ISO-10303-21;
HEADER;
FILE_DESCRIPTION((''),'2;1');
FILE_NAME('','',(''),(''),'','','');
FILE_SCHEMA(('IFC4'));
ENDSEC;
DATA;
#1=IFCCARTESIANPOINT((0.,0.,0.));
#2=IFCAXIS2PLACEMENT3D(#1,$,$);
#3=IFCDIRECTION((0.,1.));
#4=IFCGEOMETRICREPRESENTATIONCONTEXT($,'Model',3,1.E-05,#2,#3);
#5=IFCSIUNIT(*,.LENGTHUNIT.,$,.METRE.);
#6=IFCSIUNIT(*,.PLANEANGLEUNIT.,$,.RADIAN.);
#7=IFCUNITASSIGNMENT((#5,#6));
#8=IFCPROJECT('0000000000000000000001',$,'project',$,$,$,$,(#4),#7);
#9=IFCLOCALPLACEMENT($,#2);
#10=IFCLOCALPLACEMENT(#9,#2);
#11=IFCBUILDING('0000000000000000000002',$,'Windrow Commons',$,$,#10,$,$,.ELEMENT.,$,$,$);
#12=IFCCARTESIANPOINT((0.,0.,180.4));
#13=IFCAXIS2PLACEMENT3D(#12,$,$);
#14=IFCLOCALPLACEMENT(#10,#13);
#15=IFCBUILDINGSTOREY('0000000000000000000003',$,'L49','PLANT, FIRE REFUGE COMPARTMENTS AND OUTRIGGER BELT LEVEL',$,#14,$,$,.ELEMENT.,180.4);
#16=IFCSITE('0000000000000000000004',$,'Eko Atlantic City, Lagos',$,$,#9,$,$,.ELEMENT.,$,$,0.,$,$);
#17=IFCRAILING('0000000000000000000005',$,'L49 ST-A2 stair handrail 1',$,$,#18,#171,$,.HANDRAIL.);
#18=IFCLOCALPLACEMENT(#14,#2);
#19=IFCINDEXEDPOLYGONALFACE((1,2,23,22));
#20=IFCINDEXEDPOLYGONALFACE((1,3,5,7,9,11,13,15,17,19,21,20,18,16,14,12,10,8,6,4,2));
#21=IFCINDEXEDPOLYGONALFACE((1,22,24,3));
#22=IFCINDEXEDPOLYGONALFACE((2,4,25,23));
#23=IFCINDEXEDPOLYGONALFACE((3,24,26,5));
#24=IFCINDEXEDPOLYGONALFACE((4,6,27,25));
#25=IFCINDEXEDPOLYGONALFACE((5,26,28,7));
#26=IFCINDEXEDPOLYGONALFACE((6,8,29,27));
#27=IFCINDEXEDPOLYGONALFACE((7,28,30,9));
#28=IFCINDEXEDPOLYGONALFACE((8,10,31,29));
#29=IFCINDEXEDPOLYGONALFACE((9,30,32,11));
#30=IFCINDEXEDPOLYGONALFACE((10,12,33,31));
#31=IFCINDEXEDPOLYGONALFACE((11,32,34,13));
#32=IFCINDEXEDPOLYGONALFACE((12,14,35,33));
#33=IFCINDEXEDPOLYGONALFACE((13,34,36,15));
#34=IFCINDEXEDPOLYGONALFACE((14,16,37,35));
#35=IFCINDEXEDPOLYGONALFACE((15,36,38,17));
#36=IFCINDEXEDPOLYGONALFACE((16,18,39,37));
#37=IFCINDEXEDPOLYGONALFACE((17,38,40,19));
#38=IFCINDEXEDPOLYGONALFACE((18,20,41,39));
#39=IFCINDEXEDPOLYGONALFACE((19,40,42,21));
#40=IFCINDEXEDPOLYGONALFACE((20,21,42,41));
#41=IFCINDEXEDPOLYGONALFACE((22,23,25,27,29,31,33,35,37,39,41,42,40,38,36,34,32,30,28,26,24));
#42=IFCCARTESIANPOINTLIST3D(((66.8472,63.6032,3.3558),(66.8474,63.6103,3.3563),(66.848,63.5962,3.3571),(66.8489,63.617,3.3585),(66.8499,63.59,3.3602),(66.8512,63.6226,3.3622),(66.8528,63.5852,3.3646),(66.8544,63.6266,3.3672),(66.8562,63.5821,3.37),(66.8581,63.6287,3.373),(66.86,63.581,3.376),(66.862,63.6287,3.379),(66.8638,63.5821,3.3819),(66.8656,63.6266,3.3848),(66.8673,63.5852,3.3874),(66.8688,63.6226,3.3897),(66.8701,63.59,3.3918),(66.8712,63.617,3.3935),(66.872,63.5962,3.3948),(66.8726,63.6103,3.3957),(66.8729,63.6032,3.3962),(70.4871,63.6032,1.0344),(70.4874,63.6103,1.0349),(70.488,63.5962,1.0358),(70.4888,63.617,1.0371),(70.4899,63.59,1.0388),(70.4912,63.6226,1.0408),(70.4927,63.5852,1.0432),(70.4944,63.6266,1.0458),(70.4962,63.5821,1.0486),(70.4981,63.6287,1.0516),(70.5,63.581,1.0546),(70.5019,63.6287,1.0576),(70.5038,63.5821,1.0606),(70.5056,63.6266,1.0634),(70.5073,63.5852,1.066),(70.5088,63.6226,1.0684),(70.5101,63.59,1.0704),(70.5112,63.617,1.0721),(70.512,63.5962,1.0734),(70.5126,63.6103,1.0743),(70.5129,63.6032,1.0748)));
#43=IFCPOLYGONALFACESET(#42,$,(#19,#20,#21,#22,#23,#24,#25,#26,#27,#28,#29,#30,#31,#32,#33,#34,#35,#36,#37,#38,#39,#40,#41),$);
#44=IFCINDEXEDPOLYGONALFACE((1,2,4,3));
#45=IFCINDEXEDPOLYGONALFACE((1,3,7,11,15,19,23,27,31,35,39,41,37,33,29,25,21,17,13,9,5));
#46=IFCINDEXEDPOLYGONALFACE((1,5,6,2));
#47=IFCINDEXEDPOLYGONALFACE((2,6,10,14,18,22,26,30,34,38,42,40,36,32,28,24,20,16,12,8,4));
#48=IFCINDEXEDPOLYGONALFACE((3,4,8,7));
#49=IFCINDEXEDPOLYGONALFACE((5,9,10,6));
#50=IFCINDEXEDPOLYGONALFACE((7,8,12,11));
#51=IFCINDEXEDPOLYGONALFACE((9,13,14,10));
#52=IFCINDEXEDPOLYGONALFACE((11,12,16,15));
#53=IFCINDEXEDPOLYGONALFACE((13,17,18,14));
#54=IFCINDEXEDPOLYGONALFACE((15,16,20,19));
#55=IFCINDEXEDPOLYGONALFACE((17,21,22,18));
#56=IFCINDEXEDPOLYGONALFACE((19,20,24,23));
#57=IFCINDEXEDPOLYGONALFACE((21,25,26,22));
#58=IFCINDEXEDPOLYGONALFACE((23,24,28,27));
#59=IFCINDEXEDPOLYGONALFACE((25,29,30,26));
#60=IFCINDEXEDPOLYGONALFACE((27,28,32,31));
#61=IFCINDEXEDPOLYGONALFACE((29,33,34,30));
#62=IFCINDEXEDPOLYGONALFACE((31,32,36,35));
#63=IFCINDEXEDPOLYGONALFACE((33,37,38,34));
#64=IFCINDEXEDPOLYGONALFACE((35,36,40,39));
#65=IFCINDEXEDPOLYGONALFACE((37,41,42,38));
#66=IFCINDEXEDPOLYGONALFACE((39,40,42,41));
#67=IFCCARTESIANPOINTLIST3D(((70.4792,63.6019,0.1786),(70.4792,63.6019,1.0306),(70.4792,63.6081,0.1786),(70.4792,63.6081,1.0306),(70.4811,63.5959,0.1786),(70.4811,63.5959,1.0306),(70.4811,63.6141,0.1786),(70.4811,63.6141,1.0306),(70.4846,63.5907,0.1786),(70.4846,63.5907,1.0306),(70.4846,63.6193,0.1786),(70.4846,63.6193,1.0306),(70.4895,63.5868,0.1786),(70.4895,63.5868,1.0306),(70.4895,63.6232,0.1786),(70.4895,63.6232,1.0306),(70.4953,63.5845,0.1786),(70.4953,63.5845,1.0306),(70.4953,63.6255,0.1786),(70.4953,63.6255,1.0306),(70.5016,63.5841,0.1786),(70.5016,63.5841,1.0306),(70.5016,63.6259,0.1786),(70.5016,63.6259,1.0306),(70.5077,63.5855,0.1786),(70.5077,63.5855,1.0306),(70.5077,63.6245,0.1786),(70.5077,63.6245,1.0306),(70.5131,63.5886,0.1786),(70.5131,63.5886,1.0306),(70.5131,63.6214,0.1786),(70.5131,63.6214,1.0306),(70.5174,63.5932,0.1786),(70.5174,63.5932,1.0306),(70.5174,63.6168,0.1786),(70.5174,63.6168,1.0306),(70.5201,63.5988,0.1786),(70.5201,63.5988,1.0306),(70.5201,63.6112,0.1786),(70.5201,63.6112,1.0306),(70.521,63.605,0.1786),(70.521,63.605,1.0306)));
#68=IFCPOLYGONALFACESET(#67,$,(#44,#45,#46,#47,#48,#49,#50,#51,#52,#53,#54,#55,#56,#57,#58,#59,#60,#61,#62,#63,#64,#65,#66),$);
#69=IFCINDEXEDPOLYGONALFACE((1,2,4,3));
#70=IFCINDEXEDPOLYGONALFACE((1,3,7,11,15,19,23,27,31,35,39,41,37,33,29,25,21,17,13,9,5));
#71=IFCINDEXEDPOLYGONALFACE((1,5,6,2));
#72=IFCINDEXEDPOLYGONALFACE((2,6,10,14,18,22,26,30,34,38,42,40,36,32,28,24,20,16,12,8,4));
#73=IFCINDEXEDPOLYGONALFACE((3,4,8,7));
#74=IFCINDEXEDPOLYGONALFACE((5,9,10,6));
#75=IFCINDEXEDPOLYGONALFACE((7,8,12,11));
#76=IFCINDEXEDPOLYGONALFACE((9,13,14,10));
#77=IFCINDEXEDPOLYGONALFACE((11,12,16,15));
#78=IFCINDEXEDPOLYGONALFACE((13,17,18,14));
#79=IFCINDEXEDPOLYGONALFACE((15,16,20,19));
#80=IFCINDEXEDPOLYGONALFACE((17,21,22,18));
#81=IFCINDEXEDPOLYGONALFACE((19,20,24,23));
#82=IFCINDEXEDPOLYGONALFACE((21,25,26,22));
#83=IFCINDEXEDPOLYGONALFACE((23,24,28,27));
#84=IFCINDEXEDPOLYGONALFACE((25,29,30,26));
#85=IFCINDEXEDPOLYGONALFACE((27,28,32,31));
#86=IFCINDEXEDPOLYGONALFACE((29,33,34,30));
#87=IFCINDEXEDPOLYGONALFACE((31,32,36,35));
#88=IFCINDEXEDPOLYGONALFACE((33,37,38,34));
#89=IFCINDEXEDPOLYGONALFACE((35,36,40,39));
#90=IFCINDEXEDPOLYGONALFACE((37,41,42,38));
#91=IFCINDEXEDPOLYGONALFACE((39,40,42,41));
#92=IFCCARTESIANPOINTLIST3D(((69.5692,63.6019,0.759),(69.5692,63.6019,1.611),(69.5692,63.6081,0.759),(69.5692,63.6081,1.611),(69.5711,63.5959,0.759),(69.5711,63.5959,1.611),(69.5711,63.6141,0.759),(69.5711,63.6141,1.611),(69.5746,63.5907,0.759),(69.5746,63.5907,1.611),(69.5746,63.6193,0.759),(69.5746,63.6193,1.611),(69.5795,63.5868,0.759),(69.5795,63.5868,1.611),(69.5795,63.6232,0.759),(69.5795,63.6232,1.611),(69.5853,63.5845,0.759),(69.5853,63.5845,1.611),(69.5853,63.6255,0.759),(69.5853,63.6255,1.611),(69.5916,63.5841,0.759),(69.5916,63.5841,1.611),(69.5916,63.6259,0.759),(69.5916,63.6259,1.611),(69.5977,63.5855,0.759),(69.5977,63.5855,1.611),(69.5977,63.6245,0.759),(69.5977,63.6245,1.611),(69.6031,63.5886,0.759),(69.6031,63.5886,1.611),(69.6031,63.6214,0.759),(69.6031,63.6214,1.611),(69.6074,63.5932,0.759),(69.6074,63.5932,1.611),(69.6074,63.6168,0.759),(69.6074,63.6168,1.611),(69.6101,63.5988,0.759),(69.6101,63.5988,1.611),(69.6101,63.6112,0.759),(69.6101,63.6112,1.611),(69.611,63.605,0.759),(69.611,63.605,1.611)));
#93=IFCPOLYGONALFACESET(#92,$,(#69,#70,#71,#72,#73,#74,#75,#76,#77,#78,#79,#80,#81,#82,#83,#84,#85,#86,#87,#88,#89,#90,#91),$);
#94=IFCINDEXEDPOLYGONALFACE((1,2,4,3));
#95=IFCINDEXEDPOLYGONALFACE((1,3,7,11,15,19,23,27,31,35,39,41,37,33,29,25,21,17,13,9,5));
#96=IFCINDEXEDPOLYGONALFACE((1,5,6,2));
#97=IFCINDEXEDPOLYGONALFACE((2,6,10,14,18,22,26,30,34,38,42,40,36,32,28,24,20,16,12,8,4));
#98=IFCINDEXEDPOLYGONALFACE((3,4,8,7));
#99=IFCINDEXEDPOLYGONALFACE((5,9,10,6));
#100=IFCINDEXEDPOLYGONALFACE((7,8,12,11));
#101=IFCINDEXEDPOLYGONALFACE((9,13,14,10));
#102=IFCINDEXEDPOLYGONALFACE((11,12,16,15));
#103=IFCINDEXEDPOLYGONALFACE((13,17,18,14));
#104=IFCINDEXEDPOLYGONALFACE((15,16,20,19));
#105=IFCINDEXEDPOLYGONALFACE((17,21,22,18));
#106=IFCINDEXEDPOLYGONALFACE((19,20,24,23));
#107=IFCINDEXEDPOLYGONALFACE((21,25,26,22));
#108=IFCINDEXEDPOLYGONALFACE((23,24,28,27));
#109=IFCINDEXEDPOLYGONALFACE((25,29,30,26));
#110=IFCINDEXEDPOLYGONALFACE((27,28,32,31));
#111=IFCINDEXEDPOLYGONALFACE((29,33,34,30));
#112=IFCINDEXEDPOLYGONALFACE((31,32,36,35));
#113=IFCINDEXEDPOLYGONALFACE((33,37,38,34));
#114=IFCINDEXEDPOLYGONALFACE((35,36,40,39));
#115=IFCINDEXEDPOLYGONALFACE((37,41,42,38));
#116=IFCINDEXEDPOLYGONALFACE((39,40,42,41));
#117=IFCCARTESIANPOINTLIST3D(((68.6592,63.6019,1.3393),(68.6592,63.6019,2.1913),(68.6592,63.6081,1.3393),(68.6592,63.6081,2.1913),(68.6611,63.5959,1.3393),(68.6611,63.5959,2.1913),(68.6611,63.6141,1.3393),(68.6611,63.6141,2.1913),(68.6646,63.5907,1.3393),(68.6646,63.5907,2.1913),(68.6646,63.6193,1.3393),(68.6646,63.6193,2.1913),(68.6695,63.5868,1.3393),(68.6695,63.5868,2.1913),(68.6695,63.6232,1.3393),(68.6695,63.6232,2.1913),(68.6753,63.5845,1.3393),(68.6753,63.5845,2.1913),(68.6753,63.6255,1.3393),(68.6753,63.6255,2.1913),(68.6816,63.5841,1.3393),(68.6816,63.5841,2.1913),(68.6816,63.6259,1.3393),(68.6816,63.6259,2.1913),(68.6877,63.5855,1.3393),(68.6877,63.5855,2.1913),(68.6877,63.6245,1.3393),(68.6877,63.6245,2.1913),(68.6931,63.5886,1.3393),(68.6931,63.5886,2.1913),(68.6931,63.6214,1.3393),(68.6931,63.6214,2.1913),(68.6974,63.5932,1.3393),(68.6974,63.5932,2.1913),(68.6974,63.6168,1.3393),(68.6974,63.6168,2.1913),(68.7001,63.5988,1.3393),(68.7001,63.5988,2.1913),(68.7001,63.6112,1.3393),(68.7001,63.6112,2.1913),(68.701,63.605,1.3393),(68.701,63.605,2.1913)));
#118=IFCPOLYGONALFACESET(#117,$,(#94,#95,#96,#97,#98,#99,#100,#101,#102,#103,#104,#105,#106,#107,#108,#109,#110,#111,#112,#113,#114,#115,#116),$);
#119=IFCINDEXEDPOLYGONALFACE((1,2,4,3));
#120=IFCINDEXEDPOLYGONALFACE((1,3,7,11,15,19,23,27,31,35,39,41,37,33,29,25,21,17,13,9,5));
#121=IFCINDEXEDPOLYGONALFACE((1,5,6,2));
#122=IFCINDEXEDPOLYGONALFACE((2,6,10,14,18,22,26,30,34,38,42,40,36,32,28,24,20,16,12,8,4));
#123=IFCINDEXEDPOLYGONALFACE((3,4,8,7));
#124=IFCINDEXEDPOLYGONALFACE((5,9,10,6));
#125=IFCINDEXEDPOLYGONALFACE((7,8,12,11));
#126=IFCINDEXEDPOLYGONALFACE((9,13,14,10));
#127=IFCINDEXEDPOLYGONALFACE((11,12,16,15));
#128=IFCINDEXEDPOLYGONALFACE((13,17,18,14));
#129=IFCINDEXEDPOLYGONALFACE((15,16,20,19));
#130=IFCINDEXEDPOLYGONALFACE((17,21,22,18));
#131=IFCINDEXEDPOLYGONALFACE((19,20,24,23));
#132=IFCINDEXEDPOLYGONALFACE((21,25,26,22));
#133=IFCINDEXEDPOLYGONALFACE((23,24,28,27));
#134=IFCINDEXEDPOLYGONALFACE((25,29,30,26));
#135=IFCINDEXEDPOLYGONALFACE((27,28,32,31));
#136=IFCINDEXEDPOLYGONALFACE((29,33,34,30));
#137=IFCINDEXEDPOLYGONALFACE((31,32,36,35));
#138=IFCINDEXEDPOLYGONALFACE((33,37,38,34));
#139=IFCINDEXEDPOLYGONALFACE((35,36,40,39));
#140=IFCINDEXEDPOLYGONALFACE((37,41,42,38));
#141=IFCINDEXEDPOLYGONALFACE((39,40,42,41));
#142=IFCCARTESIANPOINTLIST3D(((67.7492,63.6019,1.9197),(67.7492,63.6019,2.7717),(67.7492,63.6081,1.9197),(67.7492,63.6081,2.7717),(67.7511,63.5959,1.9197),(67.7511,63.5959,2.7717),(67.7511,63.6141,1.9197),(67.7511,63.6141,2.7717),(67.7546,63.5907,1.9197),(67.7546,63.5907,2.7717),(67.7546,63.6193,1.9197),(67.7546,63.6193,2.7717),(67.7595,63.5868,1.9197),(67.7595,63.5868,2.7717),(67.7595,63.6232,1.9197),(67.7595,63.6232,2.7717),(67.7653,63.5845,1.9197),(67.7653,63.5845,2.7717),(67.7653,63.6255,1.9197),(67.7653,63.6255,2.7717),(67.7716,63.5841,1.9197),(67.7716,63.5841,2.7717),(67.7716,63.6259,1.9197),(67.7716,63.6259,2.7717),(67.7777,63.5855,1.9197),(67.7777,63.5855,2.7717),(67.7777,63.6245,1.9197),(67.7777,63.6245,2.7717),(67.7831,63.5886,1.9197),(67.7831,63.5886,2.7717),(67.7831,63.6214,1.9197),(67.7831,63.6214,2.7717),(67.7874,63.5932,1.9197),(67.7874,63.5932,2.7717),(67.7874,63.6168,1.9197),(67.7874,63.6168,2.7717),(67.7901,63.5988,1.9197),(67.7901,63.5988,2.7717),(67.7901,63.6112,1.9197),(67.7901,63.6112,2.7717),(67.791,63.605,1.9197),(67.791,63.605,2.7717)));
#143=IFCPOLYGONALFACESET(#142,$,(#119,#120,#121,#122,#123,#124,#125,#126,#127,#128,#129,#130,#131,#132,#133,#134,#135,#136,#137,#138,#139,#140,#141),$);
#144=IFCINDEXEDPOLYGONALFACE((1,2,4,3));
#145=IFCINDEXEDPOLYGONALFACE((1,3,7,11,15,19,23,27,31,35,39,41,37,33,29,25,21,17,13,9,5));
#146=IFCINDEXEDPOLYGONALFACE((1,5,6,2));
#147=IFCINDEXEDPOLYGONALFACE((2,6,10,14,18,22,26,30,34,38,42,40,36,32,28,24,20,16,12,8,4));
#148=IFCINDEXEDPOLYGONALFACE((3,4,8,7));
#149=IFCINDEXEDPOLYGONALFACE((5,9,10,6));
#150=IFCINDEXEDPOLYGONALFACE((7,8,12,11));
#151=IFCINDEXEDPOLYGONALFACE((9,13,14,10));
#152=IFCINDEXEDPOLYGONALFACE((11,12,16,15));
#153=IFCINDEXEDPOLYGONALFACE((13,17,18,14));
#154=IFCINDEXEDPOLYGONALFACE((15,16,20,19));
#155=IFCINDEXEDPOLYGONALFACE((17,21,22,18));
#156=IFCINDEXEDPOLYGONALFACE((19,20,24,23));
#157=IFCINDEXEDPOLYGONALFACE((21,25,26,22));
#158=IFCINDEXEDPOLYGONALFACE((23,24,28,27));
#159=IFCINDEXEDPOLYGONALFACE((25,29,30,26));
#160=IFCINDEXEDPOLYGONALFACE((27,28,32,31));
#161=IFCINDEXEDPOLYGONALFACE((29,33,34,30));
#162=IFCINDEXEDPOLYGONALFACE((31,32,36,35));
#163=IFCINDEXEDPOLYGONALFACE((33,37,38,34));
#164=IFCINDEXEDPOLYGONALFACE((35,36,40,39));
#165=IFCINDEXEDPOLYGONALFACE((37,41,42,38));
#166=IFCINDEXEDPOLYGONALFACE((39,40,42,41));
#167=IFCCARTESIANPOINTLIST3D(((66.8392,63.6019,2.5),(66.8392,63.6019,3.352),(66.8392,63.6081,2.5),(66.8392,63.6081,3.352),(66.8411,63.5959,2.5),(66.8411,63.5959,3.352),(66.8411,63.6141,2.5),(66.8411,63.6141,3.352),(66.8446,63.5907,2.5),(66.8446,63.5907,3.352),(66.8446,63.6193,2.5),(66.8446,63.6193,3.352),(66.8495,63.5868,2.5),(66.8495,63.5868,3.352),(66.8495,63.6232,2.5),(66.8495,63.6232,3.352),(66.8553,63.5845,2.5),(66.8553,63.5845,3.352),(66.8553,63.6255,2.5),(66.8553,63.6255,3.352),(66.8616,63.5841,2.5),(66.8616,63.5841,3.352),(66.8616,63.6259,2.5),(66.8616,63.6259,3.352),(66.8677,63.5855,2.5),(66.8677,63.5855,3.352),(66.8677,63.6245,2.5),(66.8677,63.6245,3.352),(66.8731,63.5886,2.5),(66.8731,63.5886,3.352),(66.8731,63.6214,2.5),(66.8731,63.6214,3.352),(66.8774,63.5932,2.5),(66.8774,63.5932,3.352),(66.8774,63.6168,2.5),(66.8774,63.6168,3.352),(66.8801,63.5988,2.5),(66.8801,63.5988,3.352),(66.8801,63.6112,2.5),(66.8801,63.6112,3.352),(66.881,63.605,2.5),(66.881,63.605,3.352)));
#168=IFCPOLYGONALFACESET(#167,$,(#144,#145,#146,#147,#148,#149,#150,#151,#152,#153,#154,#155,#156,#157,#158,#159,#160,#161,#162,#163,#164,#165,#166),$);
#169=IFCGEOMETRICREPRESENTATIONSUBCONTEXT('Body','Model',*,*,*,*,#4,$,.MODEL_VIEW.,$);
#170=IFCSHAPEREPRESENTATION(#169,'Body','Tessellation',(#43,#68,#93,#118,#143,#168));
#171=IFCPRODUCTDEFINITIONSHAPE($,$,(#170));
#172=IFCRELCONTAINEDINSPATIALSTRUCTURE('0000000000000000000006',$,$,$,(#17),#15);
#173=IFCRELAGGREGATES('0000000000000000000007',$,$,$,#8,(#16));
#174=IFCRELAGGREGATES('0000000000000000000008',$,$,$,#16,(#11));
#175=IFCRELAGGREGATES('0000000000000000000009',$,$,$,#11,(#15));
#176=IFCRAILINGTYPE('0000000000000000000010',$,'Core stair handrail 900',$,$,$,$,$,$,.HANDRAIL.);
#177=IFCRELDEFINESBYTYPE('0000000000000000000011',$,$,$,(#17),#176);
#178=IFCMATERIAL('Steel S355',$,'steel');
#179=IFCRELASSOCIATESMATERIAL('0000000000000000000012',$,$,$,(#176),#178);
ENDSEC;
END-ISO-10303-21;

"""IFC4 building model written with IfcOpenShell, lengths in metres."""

from ifc_helpers import new_model, si_unit, direction, frame, origin, origin_2d, place, context, subcontext, project, spatial, circle, extrude, material, type_object, element, save


model = new_model("IFC4")

# Units and contexts
model_context = context("Model", 3, precision=1e-05, world=origin(), true_north=direction((0.0, 1.0)))
body_context = subcontext(model_context, "Body", "Model", "MODEL_VIEW")
ifc_project = project(units=[si_unit("LENGTHUNIT", "METRE"), si_unit("PLANEANGLEUNIT", "RADIAN")], contexts=[model_context])

# Site, building, storey
site_placement = place(None, origin())
site = spatial("IfcSite", under=ifc_project, at=site_placement, Name="Eko Atlantic City, Lagos", CompositionType="ELEMENT", RefElevation=0.0)
building_placement = place(site_placement, origin())
building = spatial("IfcBuilding", under=site, at=building_placement, Name="Windrow Commons", CompositionType="ELEMENT")
storey_placement = place(building_placement, frame((0.0, 0.0, 180.4)))
storey = spatial("IfcBuildingStorey", under=building, at=storey_placement, Name="L49", Description="PLANT, FIRE REFUGE COMPARTMENTS AND OUTRIGGER BELT LEVEL", CompositionType="ELEMENT", Elevation=180.4)

# Railing
ifc_material_1 = material(Name="Steel S355", Category="steel")
railing_type_1 = type_object("IfcRailingType", Name="Core stair handrail 900", PredefinedType="HANDRAIL", material=ifc_material_1)
railing_1_placement = place(storey_placement, frame((70.5, 63.605, 0.1786)))
element("IfcRailing", 1, at=railing_1_placement, inside=storey, type_object=railing_type_1, Name="L49 ST-A2 stair handrail 1", PredefinedType="HANDRAIL", context=body_context, shape_type="SweptSolid", body=[
    extrude(circle(Radius=0.024, at=origin_2d()), frame((0.0, 0.0, 0.876), z_axis=(-0.843133, 0.0, 0.537706), x_axis=(0.0, -1.0, 0.0)), (0.0, 0.0, 1.0), 4.3172),
    extrude(circle(Radius=0.021, at=origin_2d()), origin(), (0.0, 0.0, 1.0), 0.852),
    extrude(circle(Radius=0.021, at=origin_2d()), frame((-0.91, 0.0, 0.5804)), (0.0, 0.0, 1.0), 0.852),
    extrude(circle(Radius=0.021, at=origin_2d()), frame((-1.82, 0.0, 1.1607)), (0.0, 0.0, 1.0), 0.852),
    extrude(circle(Radius=0.021, at=origin_2d()), frame((-2.73, 0.0, 1.7411)), (0.0, 0.0, 1.0), 0.852),
    extrude(circle(Radius=0.021, at=origin_2d()), frame((-3.64, 0.0, 2.3214)), (0.0, 0.0, 1.0), 0.852),
])

save(model, "model.ifc")
